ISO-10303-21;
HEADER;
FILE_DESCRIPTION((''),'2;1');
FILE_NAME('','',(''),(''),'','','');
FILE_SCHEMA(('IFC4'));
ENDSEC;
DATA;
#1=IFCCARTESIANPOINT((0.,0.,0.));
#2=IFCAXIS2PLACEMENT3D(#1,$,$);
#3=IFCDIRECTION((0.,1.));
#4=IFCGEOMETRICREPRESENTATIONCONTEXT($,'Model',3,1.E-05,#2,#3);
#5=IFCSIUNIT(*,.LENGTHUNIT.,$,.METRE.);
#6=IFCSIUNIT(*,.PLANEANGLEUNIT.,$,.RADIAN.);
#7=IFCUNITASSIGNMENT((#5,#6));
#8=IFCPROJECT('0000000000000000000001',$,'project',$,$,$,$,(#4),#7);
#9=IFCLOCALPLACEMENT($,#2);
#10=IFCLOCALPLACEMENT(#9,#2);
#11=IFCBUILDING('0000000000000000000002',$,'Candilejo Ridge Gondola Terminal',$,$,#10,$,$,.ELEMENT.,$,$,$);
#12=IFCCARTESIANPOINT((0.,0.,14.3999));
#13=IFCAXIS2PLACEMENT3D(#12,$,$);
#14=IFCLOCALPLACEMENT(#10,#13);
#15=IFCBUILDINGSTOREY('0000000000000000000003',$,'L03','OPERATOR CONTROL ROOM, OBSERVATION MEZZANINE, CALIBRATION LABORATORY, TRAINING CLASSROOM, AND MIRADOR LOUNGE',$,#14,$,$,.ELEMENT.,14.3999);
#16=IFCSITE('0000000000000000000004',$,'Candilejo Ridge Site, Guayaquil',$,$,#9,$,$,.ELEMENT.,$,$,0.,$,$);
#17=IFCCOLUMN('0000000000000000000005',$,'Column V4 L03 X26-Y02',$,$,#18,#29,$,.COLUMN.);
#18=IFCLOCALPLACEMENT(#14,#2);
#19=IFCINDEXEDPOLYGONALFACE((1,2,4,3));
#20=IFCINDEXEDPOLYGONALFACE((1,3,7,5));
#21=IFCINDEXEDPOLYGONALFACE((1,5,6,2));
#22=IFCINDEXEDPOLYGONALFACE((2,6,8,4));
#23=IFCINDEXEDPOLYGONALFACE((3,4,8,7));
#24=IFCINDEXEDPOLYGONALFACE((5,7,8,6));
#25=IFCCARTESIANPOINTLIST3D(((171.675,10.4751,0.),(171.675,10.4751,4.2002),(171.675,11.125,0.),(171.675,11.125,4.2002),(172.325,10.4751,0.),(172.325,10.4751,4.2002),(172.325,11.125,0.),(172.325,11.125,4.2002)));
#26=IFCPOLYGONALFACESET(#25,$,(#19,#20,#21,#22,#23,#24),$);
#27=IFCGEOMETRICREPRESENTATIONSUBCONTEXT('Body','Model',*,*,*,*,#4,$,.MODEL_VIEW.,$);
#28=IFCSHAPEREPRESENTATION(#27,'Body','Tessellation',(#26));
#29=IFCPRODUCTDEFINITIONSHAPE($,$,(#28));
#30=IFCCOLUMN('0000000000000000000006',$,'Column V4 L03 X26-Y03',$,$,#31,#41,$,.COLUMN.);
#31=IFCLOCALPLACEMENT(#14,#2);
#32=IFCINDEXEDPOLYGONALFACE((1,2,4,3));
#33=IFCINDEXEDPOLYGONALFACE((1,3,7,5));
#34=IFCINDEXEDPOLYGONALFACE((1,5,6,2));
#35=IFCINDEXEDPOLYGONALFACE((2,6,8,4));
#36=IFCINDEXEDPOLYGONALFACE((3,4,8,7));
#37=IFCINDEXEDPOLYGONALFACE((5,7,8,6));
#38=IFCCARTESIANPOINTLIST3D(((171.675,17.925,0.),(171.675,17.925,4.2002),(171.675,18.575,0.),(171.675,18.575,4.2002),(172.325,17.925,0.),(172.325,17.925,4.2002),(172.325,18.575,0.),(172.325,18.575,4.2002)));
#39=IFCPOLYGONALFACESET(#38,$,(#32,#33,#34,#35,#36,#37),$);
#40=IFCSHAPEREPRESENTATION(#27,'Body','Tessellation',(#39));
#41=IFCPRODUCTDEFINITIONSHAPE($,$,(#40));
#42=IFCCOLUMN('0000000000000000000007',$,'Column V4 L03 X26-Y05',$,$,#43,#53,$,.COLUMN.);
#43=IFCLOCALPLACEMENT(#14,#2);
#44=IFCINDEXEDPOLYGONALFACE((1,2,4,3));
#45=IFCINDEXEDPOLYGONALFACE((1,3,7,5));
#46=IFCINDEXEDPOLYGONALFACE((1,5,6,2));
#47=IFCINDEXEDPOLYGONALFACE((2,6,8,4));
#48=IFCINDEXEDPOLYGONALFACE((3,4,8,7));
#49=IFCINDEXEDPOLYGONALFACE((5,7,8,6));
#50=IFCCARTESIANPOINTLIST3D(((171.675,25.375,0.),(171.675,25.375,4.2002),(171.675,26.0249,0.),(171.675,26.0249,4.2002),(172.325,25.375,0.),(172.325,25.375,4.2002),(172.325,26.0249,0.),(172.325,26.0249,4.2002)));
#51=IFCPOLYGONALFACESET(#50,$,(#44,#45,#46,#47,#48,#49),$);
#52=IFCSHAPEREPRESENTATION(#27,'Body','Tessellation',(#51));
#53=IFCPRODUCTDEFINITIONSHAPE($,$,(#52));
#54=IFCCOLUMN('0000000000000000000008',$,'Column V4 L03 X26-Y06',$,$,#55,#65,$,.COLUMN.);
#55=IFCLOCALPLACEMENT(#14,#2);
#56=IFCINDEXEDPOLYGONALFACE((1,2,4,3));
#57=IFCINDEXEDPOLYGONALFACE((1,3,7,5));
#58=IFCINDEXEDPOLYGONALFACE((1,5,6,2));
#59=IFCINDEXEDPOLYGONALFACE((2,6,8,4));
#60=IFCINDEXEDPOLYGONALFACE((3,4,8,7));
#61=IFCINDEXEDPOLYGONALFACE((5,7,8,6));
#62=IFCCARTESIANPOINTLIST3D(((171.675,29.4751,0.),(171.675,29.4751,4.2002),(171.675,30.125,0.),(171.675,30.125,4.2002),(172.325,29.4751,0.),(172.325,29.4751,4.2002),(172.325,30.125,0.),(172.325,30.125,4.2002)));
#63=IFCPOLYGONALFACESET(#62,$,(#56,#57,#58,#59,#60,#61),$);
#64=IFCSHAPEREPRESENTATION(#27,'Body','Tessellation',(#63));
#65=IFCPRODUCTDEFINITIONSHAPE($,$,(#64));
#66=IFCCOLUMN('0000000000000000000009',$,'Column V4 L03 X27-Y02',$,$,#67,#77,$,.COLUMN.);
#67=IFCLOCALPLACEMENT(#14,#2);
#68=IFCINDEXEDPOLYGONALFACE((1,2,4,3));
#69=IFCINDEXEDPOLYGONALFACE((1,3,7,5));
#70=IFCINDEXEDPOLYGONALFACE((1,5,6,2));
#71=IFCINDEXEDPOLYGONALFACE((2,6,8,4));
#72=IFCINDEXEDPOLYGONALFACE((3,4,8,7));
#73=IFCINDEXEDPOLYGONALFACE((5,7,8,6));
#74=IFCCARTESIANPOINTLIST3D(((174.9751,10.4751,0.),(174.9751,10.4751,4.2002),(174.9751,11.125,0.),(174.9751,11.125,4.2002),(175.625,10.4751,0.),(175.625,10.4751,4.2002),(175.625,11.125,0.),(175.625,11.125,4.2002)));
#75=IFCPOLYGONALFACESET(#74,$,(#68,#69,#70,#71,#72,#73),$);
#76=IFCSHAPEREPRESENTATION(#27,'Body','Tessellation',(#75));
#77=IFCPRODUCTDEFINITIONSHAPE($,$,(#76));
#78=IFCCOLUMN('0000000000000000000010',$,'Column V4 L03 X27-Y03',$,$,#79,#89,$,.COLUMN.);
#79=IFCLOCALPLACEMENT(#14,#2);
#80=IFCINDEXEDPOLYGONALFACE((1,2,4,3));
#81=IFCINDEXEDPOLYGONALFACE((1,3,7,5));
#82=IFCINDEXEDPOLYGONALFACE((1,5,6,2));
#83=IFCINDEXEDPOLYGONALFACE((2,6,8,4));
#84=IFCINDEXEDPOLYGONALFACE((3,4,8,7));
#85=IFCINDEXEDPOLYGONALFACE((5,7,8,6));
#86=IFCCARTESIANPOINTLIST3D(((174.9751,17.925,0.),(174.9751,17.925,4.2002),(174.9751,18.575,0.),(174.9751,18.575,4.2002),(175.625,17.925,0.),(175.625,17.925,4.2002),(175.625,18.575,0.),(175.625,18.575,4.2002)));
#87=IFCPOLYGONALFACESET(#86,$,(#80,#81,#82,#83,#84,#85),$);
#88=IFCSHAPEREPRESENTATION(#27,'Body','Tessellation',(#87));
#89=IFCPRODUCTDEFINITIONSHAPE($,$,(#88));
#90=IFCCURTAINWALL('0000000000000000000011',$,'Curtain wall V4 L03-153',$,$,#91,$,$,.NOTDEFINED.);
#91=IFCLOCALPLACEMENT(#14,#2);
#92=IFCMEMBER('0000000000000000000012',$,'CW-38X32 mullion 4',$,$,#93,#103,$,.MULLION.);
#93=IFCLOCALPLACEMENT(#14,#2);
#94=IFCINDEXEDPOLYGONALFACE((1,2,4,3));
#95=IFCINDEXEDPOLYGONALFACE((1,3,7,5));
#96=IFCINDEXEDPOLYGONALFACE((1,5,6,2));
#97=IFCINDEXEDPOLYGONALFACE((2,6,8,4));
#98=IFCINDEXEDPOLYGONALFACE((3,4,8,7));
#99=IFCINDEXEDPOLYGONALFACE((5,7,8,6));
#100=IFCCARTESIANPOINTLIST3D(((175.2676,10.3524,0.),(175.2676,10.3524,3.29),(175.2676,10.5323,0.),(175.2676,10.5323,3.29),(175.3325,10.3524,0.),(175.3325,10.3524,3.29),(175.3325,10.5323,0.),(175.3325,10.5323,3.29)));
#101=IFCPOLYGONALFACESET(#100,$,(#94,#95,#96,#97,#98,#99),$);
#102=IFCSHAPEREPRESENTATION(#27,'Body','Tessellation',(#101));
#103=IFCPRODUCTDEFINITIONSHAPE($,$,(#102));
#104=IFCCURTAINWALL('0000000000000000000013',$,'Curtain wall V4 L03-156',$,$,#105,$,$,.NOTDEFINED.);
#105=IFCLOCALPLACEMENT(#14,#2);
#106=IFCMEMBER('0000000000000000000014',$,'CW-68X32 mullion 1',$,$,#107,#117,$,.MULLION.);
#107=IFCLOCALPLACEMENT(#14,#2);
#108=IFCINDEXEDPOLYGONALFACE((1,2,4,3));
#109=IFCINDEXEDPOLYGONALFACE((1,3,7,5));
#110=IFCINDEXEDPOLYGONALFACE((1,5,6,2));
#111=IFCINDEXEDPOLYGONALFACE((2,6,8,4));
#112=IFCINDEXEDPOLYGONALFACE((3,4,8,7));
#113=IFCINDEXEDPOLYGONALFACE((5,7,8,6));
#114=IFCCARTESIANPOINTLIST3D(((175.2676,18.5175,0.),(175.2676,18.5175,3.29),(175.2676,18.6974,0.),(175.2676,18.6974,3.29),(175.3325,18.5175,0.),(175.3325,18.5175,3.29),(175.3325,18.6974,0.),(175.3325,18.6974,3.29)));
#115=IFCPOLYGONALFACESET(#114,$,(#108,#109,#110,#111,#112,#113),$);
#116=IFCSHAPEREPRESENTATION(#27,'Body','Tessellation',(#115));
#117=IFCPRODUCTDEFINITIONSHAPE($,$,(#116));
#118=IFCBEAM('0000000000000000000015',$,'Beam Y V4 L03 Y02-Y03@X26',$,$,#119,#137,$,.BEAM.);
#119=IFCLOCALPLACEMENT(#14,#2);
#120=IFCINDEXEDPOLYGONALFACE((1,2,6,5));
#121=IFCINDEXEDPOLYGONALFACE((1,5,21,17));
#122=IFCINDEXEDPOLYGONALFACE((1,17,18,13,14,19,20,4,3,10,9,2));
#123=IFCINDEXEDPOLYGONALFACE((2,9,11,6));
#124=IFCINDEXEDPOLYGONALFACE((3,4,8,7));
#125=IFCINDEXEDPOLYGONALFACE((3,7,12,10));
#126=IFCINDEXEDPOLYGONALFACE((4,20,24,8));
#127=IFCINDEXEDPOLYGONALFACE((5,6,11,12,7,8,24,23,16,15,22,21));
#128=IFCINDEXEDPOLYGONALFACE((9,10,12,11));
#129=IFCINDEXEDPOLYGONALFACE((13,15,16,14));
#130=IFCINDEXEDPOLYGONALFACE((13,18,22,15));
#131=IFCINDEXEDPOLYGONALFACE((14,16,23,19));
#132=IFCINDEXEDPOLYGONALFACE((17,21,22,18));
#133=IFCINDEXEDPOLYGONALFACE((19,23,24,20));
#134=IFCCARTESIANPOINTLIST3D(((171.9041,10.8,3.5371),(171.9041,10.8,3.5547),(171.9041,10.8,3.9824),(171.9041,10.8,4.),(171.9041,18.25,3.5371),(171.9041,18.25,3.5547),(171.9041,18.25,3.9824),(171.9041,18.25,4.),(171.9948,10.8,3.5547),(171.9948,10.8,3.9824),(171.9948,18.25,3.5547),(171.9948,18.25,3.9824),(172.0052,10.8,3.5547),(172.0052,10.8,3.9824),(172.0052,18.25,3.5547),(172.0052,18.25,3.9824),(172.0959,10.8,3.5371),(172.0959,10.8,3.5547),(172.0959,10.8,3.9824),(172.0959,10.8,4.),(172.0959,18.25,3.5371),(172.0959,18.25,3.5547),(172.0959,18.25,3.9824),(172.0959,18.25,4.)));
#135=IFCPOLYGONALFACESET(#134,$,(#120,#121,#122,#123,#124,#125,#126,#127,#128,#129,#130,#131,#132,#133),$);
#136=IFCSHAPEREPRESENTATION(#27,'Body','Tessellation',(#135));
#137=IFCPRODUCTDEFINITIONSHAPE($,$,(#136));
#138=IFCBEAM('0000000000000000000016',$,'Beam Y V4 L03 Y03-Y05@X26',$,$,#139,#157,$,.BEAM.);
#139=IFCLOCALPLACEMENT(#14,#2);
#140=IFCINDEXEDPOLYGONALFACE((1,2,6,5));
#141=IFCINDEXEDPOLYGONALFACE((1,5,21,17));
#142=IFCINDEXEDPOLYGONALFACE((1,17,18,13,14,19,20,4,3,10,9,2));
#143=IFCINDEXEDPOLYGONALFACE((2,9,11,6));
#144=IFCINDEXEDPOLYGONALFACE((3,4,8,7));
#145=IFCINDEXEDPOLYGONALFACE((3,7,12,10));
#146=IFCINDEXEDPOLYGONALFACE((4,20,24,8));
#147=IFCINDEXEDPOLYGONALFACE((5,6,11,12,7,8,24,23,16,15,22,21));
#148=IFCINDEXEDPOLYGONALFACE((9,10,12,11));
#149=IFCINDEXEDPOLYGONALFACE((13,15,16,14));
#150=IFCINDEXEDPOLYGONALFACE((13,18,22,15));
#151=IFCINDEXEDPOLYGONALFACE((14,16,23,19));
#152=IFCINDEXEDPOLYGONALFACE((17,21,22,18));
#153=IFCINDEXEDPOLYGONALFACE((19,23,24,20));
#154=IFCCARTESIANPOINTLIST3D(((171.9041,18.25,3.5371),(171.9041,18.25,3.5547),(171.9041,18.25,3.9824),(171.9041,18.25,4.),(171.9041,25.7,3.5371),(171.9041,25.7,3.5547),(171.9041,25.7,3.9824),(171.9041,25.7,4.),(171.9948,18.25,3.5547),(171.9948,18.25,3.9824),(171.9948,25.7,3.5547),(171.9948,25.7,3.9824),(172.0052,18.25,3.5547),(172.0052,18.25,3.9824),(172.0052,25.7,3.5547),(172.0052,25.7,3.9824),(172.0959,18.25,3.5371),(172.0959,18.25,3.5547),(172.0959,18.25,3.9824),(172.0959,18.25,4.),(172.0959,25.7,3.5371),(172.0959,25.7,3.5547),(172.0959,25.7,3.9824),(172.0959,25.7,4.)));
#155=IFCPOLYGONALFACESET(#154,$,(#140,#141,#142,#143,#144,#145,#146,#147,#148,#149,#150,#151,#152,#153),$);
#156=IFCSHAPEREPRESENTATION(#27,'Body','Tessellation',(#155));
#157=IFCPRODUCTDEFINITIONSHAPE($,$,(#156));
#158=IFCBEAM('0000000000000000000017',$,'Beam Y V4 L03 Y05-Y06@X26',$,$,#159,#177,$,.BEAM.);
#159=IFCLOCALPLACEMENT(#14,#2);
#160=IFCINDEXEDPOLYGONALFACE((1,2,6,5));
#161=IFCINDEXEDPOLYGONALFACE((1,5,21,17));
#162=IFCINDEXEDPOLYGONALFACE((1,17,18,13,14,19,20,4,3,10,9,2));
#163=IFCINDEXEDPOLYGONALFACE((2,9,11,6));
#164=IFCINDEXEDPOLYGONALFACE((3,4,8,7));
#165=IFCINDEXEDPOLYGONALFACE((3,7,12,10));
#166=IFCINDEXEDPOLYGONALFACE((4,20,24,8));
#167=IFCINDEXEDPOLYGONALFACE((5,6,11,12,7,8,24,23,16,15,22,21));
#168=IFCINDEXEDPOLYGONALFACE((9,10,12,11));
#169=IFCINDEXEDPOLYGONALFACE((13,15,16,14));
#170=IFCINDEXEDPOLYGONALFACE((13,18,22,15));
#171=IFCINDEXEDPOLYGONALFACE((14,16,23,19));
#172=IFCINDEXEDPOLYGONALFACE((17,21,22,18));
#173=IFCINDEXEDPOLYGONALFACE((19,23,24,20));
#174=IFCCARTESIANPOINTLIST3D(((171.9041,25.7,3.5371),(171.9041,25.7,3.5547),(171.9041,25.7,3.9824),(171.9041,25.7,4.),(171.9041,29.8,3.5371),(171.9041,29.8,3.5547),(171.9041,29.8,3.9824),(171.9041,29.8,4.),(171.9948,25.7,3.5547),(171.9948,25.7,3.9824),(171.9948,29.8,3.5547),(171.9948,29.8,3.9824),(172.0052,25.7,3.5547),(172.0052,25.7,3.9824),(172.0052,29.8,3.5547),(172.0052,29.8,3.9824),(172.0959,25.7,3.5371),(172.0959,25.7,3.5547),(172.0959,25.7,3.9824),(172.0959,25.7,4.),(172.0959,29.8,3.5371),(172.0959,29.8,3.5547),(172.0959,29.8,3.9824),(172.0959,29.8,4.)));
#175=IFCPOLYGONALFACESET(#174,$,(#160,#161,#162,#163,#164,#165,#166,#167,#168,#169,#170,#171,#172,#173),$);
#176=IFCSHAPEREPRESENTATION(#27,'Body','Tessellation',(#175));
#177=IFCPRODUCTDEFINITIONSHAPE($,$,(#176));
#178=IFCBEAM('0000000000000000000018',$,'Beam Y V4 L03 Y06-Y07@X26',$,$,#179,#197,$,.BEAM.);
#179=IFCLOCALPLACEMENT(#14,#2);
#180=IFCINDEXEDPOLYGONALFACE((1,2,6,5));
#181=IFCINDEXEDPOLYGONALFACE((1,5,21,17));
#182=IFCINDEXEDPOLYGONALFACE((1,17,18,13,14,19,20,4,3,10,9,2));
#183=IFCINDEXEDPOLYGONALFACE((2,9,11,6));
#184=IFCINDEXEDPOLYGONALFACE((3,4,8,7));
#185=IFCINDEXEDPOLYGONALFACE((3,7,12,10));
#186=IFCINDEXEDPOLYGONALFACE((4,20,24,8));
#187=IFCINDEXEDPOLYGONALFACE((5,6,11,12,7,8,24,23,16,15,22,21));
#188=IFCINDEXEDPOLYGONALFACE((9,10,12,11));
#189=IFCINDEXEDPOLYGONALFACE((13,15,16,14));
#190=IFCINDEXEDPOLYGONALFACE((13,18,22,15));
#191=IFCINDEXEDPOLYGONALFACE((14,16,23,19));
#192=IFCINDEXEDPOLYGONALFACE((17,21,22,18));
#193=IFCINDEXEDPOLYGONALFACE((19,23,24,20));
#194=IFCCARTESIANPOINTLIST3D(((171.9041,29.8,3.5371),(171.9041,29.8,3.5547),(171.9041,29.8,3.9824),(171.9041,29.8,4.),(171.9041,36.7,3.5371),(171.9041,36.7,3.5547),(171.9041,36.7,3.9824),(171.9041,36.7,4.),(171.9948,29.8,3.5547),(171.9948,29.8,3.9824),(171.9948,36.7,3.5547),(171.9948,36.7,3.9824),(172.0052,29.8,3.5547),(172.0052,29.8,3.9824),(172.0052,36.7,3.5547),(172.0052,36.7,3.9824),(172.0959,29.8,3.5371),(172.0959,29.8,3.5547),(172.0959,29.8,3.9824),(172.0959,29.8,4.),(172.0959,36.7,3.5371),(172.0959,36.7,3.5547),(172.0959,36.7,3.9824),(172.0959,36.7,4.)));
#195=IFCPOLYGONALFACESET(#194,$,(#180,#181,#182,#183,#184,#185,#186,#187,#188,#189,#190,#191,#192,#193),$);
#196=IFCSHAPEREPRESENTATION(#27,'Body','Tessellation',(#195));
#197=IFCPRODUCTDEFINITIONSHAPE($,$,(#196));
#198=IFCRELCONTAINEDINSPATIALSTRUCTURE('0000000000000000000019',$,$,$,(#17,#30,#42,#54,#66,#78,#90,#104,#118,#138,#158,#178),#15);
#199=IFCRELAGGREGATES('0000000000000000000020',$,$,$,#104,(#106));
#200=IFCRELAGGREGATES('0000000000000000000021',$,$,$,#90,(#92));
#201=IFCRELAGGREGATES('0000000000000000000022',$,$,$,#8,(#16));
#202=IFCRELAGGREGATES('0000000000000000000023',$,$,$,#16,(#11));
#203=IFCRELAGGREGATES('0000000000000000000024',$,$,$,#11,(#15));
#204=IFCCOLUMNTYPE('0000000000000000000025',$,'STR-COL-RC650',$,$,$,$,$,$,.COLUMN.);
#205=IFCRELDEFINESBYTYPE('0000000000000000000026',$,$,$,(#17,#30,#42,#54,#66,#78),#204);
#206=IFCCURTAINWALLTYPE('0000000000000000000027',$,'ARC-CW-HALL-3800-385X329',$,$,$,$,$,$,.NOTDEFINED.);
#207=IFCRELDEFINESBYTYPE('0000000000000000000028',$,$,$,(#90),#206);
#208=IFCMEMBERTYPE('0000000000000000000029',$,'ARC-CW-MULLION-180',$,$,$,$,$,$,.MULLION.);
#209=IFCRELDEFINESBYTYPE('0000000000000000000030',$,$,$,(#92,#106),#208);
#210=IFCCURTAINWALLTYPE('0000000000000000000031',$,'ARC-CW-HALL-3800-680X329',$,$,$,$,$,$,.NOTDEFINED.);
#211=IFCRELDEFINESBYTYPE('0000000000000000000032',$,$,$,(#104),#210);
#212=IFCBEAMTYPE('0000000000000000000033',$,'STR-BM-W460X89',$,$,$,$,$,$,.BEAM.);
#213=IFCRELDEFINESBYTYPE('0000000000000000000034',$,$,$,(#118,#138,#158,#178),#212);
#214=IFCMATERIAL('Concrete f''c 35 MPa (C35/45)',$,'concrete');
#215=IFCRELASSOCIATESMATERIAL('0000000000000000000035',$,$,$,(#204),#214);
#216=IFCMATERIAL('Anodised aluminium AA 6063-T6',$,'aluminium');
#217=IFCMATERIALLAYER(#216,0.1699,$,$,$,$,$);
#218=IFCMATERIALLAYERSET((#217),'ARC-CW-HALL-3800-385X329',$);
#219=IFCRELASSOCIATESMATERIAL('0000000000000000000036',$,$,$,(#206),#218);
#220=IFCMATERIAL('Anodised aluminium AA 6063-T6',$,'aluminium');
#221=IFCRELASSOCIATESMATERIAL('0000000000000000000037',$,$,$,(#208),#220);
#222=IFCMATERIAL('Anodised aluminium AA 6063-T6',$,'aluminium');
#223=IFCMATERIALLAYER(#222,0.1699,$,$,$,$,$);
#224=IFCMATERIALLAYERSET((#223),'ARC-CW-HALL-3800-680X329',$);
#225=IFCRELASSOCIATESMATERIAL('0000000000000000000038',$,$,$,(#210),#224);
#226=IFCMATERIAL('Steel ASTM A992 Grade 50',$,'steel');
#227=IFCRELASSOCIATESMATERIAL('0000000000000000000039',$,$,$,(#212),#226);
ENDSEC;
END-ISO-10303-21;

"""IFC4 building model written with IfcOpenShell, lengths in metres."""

from ifc_helpers import new_model, si_unit, direction, frame, origin, origin_2d, place, context, subcontext, project, spatial, rectangle, i_section, extrude, material, layer, layer_set, material_profile, profile_set, type_object, element, aggregate, save


model = new_model("IFC4")

# Units and contexts
model_context = context("Model", 3, precision=1e-05, world=origin(), true_north=direction((0.0, 1.0)))
body_context = subcontext(model_context, "Body", "Model", "MODEL_VIEW")
ifc_project = project(units=[si_unit("LENGTHUNIT", "METRE"), si_unit("PLANEANGLEUNIT", "RADIAN")], contexts=[model_context])

# Site, building, storey
site_placement = place(None, origin())
site = spatial("IfcSite", under=ifc_project, at=site_placement, Name="Candilejo Ridge Site, Guayaquil", CompositionType="ELEMENT", RefElevation=0.0)
building_placement = place(site_placement, origin())
building = spatial("IfcBuilding", under=site, at=building_placement, Name="Candilejo Ridge Gondola Terminal", CompositionType="ELEMENT")
storey_placement = place(building_placement, frame((0.0, 0.0, 14.3999)))
storey = spatial("IfcBuildingStorey", under=building, at=storey_placement, Name="L03", Description="OPERATOR CONTROL ROOM, OBSERVATION MEZZANINE, CALIBRATION LABORATORY, TRAINING CLASSROOM, AND MIRADOR LOUNGE", CompositionType="ELEMENT", Elevation=14.3999)

# Columns
ifc_material_1 = material(Name="Concrete f'c 35 MPa (C35/45)", Category="concrete")
ifc_material_profile_1 = material_profile(ifc_material_1, rectangle(XDim=0.6499, YDim=0.6499, at=origin_2d()))
ifc_profile_set_1 = profile_set([ifc_material_profile_1], Name="Concrete f'c 35 MPa (C35/45)")
column_type = type_object("IfcColumnType", Name="STR-COL-RC650", PredefinedType="COLUMN", material=ifc_profile_set_1)
for number, where, z_axis, x_axis, name in (
    (1, (172.0, 10.8, 0.0), (0.0, 0.0, 1.0), (1.0, 0.0, 0.0), "Column V4 L03 X26-Y02"),
    (2, (172.0, 18.25, 0.0), (0.0, 0.0, 1.0), (1.0, 0.0, 0.0), "Column V4 L03 X26-Y03"),
    (3, (172.0, 25.7, 0.0), (0.0, 0.0, 1.0), (1.0, 0.0, 0.0), "Column V4 L03 X26-Y05"),
    (4, (172.0, 29.8, 0.0), (0.0, 0.0, 1.0), (1.0, 0.0, 0.0), "Column V4 L03 X26-Y06"),
    (5, (175.3, 10.8, 0.0), (0.0, 0.0, 1.0), (1.0, 0.0, 0.0), "Column V4 L03 X27-Y02"),
    (6, (175.3, 18.25, 0.0), (0.0, 0.0, 1.0), (1.0, 0.0, 0.0), "Column V4 L03 X27-Y03"),
):
    element("IfcColumn", number, at=place(storey_placement, frame(where, z_axis=z_axis, x_axis=x_axis)), inside=storey, type_object=column_type, Name=name, PredefinedType="COLUMN", context=body_context, shape_type="SweptSolid", body=[
        extrude(rectangle(XDim=0.6499, YDim=0.6499, at=origin_2d()), origin(), (0.0, 0.0, 1.0), 4.2002),
    ])

# Curtain walls, members
ifc_material_2 = material(Name="Anodised aluminium AA 6063-T6", Category="aluminium")
ifc_layer_1 = layer(ifc_material_2, 0.1699)
ifc_layer_set_1 = layer_set([ifc_layer_1], Name="ARC-CW-HALL-3800-385X329")
curtain_wall_type_1 = type_object("IfcCurtainWallType", Name="ARC-CW-HALL-3800-385X329", PredefinedType="NOTDEFINED", material=ifc_layer_set_1)
curtain_wall_1_placement = place(storey_placement, origin())
curtain_wall_1 = element("IfcCurtainWall", 7, at=curtain_wall_1_placement, inside=storey, type_object=curtain_wall_type_1, Name="Curtain wall V4 L03-153", PredefinedType="NOTDEFINED")
ifc_material_3 = material(Name="Anodised aluminium AA 6063-T6", Category="aluminium")
ifc_material_profile_2 = material_profile(ifc_material_3, rectangle(XDim=0.0649, YDim=0.1799, at=origin_2d()))
ifc_profile_set_2 = profile_set([ifc_material_profile_2], Name="Anodised aluminium AA 6063-T6")
member_type = type_object("IfcMemberType", Name="ARC-CW-MULLION-180", PredefinedType="MULLION", material=ifc_profile_set_2)
member_1_placement = place(storey_placement, frame((175.3, 10.4424, 0.0), z_axis=(0.0, 0.0, 1.0), x_axis=(-1.0, 0.0, 0.0)))
member_1 = element("IfcMember", 8, at=member_1_placement, type_object=member_type, Name="CW-38X32 mullion 4", PredefinedType="MULLION", context=body_context, shape_type="SweptSolid", body=[
    extrude(rectangle(XDim=0.0649, YDim=0.1799, at=origin_2d()), origin(), (0.0, 0.0, 1.0), 3.29),
])
ifc_material_4 = material(Name="Anodised aluminium AA 6063-T6", Category="aluminium")
ifc_layer_2 = layer(ifc_material_4, 0.1699)
ifc_layer_set_2 = layer_set([ifc_layer_2], Name="ARC-CW-HALL-3800-680X329")
curtain_wall_type_2 = type_object("IfcCurtainWallType", Name="ARC-CW-HALL-3800-680X329", PredefinedType="NOTDEFINED", material=ifc_layer_set_2)
curtain_wall_2_placement = place(storey_placement, origin())
curtain_wall_2 = element("IfcCurtainWall", 9, at=curtain_wall_2_placement, inside=storey, type_object=curtain_wall_type_2, Name="Curtain wall V4 L03-156", PredefinedType="NOTDEFINED")
member_2_placement = place(storey_placement, frame((175.3, 18.6074, 0.0), z_axis=(0.0, 0.0, 1.0), x_axis=(-1.0, 0.0, 0.0)))
member_2 = element("IfcMember", 10, at=member_2_placement, type_object=member_type, Name="CW-68X32 mullion 1", PredefinedType="MULLION", context=body_context, shape_type="SweptSolid", body=[
    extrude(rectangle(XDim=0.0649, YDim=0.1799, at=origin_2d()), origin(), (0.0, 0.0, 1.0), 3.29),
])
aggregate(curtain_wall_2, [member_2])

# Beams
ifc_material_5 = material(Name="Steel ASTM A992 Grade 50", Category="steel")
ifc_material_profile_3 = material_profile(ifc_material_5, i_section(OverallWidth=0.1919, OverallDepth=0.4629, WebThickness=0.0105, FlangeThickness=0.0176, at=origin_2d()))
ifc_profile_set_3 = profile_set([ifc_material_profile_3], Name="Steel ASTM A992 Grade 50")
beam_type_1 = type_object("IfcBeamType", Name="STR-BM-W460X89", PredefinedType="BEAM", material=ifc_profile_set_3)
for number, where, z_axis, x_axis, name in (
    (11, (172.0, 10.8, 3.7686), (0.0, 1.0, 0.0), (-1.0, 0.0, 0.0), "Beam Y V4 L03 Y02-Y03@X26"),
    (12, (172.0, 18.25, 3.7686), (0.0, 1.0, 0.0), (-1.0, 0.0, 0.0), "Beam Y V4 L03 Y03-Y05@X26"),
):
    element("IfcBeam", number, at=place(storey_placement, frame(where, z_axis=z_axis, x_axis=x_axis)), inside=storey, type_object=beam_type_1, Name=name, PredefinedType="BEAM", context=body_context, shape_type="SweptSolid", body=[
        extrude(i_section(OverallWidth=0.1919, OverallDepth=0.4629, WebThickness=0.0105, FlangeThickness=0.0176, at=origin_2d()), origin(), (0.0, 0.0, 1.0), 7.45),
    ])
beam_1_placement = place(storey_placement, frame((172.0, 25.7, 3.7686), z_axis=(0.0, 1.0, 0.0), x_axis=(-1.0, 0.0, 0.0)))
element("IfcBeam", 13, at=beam_1_placement, inside=storey, type_object=beam_type_1, Name="Beam Y V4 L03 Y05-Y06@X26", PredefinedType="BEAM", context=body_context, shape_type="SweptSolid", body=[
    extrude(i_section(OverallWidth=0.1919, OverallDepth=0.4629, WebThickness=0.0105, FlangeThickness=0.0176, at=origin_2d()), origin(), (0.0, 0.0, 1.0), 4.1001),
])
beam_2_placement = place(storey_placement, frame((172.0, 29.8, 3.7686), z_axis=(0.0, 1.0, 0.0), x_axis=(-1.0, 0.0, 0.0)))
element("IfcBeam", 14, at=beam_2_placement, inside=storey, type_object=beam_type_1, Name="Beam Y V4 L03 Y06-Y07@X26", PredefinedType="BEAM", context=body_context, shape_type="SweptSolid", body=[
    extrude(i_section(OverallWidth=0.1919, OverallDepth=0.4629, WebThickness=0.0105, FlangeThickness=0.0176, at=origin_2d()), origin(), (0.0, 0.0, 1.0), 6.8999),
])

aggregate(curtain_wall_1, [member_1])

save(model, "model.ifc")
